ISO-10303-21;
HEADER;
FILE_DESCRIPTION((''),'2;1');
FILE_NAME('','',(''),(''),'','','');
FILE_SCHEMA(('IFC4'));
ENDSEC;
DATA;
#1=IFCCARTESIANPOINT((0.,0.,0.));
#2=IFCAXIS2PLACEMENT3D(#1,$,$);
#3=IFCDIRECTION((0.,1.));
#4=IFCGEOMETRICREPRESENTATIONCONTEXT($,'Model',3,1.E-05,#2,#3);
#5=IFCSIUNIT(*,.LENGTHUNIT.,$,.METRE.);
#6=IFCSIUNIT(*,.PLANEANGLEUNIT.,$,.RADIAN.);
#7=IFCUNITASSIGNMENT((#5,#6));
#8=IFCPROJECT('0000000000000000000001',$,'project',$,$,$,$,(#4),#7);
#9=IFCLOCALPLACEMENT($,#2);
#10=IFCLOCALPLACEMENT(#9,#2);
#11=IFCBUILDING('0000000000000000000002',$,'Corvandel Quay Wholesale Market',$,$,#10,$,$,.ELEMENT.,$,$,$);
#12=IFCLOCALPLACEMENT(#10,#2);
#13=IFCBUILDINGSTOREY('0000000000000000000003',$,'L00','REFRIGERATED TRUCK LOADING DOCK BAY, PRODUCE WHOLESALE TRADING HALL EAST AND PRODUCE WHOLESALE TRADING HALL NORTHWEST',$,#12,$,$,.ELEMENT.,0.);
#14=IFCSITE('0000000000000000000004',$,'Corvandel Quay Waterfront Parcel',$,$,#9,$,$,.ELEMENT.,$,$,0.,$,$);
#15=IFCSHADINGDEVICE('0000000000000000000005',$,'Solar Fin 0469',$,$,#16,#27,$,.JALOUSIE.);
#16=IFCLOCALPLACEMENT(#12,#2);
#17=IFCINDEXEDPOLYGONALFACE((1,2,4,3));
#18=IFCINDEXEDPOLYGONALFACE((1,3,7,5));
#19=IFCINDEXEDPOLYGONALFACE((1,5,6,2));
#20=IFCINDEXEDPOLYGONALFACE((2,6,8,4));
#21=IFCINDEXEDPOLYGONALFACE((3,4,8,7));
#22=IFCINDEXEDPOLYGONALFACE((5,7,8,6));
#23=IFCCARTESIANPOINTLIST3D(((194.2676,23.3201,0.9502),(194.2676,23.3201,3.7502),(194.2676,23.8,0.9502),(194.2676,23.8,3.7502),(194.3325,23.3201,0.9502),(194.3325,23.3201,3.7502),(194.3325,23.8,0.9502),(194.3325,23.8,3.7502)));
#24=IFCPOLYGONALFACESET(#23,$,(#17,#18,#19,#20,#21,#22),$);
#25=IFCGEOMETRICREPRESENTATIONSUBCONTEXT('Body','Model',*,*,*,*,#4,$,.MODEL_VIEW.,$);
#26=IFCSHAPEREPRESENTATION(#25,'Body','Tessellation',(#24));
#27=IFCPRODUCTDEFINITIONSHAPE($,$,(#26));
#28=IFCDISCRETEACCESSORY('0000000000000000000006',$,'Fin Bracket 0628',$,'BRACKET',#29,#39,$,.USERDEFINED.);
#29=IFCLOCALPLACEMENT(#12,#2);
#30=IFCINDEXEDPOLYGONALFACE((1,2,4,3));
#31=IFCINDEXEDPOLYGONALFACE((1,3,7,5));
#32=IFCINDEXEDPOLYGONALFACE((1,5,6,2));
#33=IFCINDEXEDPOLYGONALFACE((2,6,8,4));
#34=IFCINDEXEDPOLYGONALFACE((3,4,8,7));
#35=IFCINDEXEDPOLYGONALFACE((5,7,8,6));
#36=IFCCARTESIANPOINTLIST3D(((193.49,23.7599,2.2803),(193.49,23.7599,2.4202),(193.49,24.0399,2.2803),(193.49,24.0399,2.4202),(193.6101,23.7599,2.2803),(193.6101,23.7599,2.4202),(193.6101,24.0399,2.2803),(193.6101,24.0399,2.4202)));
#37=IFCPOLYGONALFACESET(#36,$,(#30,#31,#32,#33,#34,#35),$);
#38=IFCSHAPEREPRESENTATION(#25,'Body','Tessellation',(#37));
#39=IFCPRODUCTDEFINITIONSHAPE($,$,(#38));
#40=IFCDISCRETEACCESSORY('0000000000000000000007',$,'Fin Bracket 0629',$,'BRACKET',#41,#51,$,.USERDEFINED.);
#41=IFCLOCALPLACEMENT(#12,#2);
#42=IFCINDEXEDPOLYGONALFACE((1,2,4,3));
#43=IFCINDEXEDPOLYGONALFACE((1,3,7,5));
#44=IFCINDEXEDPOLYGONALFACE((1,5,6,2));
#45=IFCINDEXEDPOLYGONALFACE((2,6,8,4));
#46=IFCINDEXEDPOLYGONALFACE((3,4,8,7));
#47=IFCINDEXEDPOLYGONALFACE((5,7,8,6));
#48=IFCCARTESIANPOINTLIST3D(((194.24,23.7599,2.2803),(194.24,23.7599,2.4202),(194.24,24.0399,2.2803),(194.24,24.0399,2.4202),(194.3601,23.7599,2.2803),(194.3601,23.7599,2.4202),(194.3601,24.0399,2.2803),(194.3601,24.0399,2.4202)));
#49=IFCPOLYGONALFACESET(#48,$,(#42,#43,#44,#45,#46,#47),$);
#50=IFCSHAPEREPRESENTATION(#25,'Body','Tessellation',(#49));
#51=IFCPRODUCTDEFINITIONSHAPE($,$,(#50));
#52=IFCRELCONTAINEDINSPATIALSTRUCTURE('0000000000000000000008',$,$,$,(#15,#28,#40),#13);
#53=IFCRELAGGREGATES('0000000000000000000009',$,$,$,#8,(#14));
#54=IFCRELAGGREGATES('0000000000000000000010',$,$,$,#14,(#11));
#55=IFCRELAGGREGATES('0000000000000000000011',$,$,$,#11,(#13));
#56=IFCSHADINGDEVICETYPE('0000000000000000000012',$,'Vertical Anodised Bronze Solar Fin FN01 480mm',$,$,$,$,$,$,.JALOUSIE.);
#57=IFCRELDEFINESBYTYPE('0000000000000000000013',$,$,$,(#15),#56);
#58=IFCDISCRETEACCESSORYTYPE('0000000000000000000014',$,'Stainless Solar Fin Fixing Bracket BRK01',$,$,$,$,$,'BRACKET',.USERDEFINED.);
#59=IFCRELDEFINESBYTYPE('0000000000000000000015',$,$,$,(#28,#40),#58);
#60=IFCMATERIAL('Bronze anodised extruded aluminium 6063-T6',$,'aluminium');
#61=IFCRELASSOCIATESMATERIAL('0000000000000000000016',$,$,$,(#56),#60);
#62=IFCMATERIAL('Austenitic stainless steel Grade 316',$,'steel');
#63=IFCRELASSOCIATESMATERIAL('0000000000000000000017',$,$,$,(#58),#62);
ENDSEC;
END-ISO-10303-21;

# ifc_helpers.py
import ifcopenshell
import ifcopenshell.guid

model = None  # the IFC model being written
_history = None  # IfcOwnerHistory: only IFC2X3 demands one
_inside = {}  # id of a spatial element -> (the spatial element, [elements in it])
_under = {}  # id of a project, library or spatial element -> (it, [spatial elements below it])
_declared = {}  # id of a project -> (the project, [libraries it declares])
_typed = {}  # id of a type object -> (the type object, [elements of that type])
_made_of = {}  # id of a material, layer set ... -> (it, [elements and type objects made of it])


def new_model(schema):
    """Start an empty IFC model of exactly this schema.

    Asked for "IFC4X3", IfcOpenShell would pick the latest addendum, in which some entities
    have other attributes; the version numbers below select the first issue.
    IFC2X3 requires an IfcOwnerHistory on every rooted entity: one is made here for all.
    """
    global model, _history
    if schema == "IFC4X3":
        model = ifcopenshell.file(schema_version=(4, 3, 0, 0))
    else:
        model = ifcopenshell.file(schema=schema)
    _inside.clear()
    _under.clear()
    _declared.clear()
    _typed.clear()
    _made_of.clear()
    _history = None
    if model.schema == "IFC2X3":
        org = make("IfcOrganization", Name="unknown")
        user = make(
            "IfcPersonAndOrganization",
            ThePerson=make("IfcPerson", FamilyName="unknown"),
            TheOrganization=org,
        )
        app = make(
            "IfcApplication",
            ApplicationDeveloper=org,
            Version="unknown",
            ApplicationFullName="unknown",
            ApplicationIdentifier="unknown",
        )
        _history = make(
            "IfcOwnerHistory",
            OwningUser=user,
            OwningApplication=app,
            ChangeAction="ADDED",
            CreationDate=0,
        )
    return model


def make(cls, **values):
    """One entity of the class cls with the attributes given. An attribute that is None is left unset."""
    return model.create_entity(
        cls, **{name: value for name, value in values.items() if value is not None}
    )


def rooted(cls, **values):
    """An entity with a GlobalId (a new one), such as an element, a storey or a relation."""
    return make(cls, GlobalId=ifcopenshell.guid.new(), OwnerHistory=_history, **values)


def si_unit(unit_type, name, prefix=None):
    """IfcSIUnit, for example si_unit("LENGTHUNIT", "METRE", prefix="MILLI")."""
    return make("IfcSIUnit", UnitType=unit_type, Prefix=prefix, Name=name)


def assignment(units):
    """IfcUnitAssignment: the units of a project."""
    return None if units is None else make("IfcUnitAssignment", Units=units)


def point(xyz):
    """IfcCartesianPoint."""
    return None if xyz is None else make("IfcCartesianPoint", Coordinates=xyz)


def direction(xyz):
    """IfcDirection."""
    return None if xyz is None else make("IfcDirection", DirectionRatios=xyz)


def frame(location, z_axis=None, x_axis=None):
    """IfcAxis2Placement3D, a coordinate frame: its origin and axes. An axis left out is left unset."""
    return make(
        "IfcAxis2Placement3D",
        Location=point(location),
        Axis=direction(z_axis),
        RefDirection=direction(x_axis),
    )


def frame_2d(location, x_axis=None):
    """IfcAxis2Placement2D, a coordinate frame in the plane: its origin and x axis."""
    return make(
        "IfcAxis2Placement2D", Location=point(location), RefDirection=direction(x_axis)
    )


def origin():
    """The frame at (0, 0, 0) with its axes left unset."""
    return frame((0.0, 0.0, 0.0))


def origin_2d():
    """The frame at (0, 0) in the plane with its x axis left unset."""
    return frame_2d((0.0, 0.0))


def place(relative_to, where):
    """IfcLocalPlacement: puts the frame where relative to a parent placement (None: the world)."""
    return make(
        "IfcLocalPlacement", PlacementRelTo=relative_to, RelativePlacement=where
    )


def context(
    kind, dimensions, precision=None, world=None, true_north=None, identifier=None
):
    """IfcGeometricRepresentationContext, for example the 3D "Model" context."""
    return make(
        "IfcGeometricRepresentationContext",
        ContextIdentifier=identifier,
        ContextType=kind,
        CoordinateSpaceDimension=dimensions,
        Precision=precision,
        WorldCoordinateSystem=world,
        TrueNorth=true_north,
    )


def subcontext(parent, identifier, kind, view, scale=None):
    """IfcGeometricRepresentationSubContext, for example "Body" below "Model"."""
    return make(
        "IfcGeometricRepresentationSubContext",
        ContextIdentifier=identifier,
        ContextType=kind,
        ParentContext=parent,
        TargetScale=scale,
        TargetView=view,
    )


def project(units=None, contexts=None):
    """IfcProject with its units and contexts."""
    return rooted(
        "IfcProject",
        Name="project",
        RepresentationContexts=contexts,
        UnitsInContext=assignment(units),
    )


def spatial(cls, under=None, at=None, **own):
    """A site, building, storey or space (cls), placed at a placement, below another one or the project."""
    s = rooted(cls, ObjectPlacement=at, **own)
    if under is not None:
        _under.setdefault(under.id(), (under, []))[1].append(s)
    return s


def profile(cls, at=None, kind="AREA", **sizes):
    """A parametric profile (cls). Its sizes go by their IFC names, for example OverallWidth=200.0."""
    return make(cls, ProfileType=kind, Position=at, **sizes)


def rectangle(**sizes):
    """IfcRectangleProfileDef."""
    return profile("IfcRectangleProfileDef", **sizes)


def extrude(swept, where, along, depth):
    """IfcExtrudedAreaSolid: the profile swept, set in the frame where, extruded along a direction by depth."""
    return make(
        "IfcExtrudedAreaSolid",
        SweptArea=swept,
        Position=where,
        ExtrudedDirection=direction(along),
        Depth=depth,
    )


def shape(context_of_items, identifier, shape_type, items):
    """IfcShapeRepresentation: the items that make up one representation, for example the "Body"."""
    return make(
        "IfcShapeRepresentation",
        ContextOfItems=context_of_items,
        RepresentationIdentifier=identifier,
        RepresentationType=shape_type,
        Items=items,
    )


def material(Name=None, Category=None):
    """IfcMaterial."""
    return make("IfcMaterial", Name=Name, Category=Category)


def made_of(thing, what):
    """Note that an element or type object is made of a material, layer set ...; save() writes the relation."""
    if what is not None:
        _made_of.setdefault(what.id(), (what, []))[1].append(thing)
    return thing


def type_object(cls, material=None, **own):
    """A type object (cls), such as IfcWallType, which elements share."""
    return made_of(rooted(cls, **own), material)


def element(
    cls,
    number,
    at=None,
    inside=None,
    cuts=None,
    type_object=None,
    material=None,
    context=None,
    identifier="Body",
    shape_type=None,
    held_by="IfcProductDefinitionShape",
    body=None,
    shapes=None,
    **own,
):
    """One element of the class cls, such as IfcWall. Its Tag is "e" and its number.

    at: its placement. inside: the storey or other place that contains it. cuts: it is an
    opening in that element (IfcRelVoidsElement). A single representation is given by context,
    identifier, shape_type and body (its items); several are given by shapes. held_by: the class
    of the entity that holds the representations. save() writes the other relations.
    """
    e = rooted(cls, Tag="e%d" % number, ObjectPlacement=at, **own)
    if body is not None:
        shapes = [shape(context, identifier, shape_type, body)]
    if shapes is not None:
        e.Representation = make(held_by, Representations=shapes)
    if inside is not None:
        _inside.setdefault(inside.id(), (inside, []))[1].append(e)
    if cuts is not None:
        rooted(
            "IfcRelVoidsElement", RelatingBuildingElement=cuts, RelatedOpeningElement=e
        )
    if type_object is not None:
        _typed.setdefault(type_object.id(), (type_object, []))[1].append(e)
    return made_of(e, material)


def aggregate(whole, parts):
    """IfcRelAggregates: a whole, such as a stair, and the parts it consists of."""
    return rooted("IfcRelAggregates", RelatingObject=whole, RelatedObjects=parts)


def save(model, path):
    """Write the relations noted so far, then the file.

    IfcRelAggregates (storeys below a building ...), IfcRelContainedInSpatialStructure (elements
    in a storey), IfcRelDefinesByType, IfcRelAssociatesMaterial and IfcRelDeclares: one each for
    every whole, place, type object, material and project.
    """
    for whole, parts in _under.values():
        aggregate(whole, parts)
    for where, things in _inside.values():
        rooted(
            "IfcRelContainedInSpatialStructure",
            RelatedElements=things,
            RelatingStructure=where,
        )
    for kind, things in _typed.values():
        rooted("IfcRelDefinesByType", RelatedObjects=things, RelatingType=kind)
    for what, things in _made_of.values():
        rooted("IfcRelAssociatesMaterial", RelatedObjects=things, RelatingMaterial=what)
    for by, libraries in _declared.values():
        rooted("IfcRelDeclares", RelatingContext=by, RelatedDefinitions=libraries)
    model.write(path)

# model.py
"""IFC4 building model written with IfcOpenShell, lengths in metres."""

from ifc_helpers import new_model, si_unit, direction, frame, origin, origin_2d, place, context, subcontext, project, spatial, rectangle, extrude, material, type_object, element, save


model = new_model("IFC4")

# Units and contexts
model_context = context("Model", 3, precision=1e-05, world=origin(), true_north=direction((0.0, 1.0)))
body_context = subcontext(model_context, "Body", "Model", "MODEL_VIEW")
ifc_project = project(units=[si_unit("LENGTHUNIT", "METRE"), si_unit("PLANEANGLEUNIT", "RADIAN")], contexts=[model_context])

# Site, building, storey
site_placement = place(None, origin())
site = spatial("IfcSite", under=ifc_project, at=site_placement, Name="Corvandel Quay Waterfront Parcel", CompositionType="ELEMENT", RefElevation=0.0)
building_placement = place(site_placement, origin())
building = spatial("IfcBuilding", under=site, at=building_placement, Name="Corvandel Quay Wholesale Market", CompositionType="ELEMENT")
storey_placement = place(building_placement, origin())
storey = spatial("IfcBuildingStorey", under=building, at=storey_placement, Name="L00", Description="REFRIGERATED TRUCK LOADING DOCK BAY, PRODUCE WHOLESALE TRADING HALL EAST AND PRODUCE WHOLESALE TRADING HALL NORTHWEST", CompositionType="ELEMENT", Elevation=0.0)

# Shading device
ifc_material_1 = material(Name="Bronze anodised extruded aluminium 6063-T6", Category="aluminium")
shading_device_type = type_object("IfcShadingDeviceType", Name="Vertical Anodised Bronze Solar Fin FN01 480mm", PredefinedType="JALOUSIE", material=ifc_material_1)
for number, where, z_axis, x_axis, name in (
    (1, (194.3, 23.5601, 0.9502), (0.0, 0.0, 1.0), (0.0, 1.0, 0.0), "Solar Fin 0469"),
):
    element("IfcShadingDevice", number, at=place(storey_placement, frame(where, z_axis=z_axis, x_axis=x_axis)), inside=storey, type_object=shading_device_type, Name=name, PredefinedType="JALOUSIE", context=body_context, shape_type="SweptSolid", body=[
        extrude(rectangle(XDim=0.48, YDim=0.0649, at=origin_2d()), origin(), (0.0, 0.0, 1.0), 2.8),
    ])

# Discrete accessories
ifc_material_2 = material(Name="Austenitic stainless steel Grade 316", Category="steel")
discrete_accessory_type = type_object("IfcDiscreteAccessoryType", Name="Stainless Solar Fin Fixing Bracket BRK01", ElementType="BRACKET", PredefinedType="USERDEFINED", material=ifc_material_2)
for number, where, z_axis, x_axis, name in (
    (2, (193.55, 23.8999, 2.2803), (0.0, 0.0, 1.0), (0.0, 1.0, 0.0), "Fin Bracket 0628"),
    (3, (194.3, 23.8999, 2.2803), (0.0, 0.0, 1.0), (0.0, 1.0, 0.0), "Fin Bracket 0629"),
):
    element("IfcDiscreteAccessory", number, at=place(storey_placement, frame(where, z_axis=z_axis, x_axis=x_axis)), inside=storey, type_object=discrete_accessory_type, Name=name, ObjectType="BRACKET", PredefinedType="USERDEFINED", context=body_context, shape_type="SweptSolid", body=[
        extrude(rectangle(XDim=0.28, YDim=0.1201, at=origin_2d()), origin(), (0.0, 0.0, 1.0), 0.1399),
    ])

save(model, "model.ifc")
